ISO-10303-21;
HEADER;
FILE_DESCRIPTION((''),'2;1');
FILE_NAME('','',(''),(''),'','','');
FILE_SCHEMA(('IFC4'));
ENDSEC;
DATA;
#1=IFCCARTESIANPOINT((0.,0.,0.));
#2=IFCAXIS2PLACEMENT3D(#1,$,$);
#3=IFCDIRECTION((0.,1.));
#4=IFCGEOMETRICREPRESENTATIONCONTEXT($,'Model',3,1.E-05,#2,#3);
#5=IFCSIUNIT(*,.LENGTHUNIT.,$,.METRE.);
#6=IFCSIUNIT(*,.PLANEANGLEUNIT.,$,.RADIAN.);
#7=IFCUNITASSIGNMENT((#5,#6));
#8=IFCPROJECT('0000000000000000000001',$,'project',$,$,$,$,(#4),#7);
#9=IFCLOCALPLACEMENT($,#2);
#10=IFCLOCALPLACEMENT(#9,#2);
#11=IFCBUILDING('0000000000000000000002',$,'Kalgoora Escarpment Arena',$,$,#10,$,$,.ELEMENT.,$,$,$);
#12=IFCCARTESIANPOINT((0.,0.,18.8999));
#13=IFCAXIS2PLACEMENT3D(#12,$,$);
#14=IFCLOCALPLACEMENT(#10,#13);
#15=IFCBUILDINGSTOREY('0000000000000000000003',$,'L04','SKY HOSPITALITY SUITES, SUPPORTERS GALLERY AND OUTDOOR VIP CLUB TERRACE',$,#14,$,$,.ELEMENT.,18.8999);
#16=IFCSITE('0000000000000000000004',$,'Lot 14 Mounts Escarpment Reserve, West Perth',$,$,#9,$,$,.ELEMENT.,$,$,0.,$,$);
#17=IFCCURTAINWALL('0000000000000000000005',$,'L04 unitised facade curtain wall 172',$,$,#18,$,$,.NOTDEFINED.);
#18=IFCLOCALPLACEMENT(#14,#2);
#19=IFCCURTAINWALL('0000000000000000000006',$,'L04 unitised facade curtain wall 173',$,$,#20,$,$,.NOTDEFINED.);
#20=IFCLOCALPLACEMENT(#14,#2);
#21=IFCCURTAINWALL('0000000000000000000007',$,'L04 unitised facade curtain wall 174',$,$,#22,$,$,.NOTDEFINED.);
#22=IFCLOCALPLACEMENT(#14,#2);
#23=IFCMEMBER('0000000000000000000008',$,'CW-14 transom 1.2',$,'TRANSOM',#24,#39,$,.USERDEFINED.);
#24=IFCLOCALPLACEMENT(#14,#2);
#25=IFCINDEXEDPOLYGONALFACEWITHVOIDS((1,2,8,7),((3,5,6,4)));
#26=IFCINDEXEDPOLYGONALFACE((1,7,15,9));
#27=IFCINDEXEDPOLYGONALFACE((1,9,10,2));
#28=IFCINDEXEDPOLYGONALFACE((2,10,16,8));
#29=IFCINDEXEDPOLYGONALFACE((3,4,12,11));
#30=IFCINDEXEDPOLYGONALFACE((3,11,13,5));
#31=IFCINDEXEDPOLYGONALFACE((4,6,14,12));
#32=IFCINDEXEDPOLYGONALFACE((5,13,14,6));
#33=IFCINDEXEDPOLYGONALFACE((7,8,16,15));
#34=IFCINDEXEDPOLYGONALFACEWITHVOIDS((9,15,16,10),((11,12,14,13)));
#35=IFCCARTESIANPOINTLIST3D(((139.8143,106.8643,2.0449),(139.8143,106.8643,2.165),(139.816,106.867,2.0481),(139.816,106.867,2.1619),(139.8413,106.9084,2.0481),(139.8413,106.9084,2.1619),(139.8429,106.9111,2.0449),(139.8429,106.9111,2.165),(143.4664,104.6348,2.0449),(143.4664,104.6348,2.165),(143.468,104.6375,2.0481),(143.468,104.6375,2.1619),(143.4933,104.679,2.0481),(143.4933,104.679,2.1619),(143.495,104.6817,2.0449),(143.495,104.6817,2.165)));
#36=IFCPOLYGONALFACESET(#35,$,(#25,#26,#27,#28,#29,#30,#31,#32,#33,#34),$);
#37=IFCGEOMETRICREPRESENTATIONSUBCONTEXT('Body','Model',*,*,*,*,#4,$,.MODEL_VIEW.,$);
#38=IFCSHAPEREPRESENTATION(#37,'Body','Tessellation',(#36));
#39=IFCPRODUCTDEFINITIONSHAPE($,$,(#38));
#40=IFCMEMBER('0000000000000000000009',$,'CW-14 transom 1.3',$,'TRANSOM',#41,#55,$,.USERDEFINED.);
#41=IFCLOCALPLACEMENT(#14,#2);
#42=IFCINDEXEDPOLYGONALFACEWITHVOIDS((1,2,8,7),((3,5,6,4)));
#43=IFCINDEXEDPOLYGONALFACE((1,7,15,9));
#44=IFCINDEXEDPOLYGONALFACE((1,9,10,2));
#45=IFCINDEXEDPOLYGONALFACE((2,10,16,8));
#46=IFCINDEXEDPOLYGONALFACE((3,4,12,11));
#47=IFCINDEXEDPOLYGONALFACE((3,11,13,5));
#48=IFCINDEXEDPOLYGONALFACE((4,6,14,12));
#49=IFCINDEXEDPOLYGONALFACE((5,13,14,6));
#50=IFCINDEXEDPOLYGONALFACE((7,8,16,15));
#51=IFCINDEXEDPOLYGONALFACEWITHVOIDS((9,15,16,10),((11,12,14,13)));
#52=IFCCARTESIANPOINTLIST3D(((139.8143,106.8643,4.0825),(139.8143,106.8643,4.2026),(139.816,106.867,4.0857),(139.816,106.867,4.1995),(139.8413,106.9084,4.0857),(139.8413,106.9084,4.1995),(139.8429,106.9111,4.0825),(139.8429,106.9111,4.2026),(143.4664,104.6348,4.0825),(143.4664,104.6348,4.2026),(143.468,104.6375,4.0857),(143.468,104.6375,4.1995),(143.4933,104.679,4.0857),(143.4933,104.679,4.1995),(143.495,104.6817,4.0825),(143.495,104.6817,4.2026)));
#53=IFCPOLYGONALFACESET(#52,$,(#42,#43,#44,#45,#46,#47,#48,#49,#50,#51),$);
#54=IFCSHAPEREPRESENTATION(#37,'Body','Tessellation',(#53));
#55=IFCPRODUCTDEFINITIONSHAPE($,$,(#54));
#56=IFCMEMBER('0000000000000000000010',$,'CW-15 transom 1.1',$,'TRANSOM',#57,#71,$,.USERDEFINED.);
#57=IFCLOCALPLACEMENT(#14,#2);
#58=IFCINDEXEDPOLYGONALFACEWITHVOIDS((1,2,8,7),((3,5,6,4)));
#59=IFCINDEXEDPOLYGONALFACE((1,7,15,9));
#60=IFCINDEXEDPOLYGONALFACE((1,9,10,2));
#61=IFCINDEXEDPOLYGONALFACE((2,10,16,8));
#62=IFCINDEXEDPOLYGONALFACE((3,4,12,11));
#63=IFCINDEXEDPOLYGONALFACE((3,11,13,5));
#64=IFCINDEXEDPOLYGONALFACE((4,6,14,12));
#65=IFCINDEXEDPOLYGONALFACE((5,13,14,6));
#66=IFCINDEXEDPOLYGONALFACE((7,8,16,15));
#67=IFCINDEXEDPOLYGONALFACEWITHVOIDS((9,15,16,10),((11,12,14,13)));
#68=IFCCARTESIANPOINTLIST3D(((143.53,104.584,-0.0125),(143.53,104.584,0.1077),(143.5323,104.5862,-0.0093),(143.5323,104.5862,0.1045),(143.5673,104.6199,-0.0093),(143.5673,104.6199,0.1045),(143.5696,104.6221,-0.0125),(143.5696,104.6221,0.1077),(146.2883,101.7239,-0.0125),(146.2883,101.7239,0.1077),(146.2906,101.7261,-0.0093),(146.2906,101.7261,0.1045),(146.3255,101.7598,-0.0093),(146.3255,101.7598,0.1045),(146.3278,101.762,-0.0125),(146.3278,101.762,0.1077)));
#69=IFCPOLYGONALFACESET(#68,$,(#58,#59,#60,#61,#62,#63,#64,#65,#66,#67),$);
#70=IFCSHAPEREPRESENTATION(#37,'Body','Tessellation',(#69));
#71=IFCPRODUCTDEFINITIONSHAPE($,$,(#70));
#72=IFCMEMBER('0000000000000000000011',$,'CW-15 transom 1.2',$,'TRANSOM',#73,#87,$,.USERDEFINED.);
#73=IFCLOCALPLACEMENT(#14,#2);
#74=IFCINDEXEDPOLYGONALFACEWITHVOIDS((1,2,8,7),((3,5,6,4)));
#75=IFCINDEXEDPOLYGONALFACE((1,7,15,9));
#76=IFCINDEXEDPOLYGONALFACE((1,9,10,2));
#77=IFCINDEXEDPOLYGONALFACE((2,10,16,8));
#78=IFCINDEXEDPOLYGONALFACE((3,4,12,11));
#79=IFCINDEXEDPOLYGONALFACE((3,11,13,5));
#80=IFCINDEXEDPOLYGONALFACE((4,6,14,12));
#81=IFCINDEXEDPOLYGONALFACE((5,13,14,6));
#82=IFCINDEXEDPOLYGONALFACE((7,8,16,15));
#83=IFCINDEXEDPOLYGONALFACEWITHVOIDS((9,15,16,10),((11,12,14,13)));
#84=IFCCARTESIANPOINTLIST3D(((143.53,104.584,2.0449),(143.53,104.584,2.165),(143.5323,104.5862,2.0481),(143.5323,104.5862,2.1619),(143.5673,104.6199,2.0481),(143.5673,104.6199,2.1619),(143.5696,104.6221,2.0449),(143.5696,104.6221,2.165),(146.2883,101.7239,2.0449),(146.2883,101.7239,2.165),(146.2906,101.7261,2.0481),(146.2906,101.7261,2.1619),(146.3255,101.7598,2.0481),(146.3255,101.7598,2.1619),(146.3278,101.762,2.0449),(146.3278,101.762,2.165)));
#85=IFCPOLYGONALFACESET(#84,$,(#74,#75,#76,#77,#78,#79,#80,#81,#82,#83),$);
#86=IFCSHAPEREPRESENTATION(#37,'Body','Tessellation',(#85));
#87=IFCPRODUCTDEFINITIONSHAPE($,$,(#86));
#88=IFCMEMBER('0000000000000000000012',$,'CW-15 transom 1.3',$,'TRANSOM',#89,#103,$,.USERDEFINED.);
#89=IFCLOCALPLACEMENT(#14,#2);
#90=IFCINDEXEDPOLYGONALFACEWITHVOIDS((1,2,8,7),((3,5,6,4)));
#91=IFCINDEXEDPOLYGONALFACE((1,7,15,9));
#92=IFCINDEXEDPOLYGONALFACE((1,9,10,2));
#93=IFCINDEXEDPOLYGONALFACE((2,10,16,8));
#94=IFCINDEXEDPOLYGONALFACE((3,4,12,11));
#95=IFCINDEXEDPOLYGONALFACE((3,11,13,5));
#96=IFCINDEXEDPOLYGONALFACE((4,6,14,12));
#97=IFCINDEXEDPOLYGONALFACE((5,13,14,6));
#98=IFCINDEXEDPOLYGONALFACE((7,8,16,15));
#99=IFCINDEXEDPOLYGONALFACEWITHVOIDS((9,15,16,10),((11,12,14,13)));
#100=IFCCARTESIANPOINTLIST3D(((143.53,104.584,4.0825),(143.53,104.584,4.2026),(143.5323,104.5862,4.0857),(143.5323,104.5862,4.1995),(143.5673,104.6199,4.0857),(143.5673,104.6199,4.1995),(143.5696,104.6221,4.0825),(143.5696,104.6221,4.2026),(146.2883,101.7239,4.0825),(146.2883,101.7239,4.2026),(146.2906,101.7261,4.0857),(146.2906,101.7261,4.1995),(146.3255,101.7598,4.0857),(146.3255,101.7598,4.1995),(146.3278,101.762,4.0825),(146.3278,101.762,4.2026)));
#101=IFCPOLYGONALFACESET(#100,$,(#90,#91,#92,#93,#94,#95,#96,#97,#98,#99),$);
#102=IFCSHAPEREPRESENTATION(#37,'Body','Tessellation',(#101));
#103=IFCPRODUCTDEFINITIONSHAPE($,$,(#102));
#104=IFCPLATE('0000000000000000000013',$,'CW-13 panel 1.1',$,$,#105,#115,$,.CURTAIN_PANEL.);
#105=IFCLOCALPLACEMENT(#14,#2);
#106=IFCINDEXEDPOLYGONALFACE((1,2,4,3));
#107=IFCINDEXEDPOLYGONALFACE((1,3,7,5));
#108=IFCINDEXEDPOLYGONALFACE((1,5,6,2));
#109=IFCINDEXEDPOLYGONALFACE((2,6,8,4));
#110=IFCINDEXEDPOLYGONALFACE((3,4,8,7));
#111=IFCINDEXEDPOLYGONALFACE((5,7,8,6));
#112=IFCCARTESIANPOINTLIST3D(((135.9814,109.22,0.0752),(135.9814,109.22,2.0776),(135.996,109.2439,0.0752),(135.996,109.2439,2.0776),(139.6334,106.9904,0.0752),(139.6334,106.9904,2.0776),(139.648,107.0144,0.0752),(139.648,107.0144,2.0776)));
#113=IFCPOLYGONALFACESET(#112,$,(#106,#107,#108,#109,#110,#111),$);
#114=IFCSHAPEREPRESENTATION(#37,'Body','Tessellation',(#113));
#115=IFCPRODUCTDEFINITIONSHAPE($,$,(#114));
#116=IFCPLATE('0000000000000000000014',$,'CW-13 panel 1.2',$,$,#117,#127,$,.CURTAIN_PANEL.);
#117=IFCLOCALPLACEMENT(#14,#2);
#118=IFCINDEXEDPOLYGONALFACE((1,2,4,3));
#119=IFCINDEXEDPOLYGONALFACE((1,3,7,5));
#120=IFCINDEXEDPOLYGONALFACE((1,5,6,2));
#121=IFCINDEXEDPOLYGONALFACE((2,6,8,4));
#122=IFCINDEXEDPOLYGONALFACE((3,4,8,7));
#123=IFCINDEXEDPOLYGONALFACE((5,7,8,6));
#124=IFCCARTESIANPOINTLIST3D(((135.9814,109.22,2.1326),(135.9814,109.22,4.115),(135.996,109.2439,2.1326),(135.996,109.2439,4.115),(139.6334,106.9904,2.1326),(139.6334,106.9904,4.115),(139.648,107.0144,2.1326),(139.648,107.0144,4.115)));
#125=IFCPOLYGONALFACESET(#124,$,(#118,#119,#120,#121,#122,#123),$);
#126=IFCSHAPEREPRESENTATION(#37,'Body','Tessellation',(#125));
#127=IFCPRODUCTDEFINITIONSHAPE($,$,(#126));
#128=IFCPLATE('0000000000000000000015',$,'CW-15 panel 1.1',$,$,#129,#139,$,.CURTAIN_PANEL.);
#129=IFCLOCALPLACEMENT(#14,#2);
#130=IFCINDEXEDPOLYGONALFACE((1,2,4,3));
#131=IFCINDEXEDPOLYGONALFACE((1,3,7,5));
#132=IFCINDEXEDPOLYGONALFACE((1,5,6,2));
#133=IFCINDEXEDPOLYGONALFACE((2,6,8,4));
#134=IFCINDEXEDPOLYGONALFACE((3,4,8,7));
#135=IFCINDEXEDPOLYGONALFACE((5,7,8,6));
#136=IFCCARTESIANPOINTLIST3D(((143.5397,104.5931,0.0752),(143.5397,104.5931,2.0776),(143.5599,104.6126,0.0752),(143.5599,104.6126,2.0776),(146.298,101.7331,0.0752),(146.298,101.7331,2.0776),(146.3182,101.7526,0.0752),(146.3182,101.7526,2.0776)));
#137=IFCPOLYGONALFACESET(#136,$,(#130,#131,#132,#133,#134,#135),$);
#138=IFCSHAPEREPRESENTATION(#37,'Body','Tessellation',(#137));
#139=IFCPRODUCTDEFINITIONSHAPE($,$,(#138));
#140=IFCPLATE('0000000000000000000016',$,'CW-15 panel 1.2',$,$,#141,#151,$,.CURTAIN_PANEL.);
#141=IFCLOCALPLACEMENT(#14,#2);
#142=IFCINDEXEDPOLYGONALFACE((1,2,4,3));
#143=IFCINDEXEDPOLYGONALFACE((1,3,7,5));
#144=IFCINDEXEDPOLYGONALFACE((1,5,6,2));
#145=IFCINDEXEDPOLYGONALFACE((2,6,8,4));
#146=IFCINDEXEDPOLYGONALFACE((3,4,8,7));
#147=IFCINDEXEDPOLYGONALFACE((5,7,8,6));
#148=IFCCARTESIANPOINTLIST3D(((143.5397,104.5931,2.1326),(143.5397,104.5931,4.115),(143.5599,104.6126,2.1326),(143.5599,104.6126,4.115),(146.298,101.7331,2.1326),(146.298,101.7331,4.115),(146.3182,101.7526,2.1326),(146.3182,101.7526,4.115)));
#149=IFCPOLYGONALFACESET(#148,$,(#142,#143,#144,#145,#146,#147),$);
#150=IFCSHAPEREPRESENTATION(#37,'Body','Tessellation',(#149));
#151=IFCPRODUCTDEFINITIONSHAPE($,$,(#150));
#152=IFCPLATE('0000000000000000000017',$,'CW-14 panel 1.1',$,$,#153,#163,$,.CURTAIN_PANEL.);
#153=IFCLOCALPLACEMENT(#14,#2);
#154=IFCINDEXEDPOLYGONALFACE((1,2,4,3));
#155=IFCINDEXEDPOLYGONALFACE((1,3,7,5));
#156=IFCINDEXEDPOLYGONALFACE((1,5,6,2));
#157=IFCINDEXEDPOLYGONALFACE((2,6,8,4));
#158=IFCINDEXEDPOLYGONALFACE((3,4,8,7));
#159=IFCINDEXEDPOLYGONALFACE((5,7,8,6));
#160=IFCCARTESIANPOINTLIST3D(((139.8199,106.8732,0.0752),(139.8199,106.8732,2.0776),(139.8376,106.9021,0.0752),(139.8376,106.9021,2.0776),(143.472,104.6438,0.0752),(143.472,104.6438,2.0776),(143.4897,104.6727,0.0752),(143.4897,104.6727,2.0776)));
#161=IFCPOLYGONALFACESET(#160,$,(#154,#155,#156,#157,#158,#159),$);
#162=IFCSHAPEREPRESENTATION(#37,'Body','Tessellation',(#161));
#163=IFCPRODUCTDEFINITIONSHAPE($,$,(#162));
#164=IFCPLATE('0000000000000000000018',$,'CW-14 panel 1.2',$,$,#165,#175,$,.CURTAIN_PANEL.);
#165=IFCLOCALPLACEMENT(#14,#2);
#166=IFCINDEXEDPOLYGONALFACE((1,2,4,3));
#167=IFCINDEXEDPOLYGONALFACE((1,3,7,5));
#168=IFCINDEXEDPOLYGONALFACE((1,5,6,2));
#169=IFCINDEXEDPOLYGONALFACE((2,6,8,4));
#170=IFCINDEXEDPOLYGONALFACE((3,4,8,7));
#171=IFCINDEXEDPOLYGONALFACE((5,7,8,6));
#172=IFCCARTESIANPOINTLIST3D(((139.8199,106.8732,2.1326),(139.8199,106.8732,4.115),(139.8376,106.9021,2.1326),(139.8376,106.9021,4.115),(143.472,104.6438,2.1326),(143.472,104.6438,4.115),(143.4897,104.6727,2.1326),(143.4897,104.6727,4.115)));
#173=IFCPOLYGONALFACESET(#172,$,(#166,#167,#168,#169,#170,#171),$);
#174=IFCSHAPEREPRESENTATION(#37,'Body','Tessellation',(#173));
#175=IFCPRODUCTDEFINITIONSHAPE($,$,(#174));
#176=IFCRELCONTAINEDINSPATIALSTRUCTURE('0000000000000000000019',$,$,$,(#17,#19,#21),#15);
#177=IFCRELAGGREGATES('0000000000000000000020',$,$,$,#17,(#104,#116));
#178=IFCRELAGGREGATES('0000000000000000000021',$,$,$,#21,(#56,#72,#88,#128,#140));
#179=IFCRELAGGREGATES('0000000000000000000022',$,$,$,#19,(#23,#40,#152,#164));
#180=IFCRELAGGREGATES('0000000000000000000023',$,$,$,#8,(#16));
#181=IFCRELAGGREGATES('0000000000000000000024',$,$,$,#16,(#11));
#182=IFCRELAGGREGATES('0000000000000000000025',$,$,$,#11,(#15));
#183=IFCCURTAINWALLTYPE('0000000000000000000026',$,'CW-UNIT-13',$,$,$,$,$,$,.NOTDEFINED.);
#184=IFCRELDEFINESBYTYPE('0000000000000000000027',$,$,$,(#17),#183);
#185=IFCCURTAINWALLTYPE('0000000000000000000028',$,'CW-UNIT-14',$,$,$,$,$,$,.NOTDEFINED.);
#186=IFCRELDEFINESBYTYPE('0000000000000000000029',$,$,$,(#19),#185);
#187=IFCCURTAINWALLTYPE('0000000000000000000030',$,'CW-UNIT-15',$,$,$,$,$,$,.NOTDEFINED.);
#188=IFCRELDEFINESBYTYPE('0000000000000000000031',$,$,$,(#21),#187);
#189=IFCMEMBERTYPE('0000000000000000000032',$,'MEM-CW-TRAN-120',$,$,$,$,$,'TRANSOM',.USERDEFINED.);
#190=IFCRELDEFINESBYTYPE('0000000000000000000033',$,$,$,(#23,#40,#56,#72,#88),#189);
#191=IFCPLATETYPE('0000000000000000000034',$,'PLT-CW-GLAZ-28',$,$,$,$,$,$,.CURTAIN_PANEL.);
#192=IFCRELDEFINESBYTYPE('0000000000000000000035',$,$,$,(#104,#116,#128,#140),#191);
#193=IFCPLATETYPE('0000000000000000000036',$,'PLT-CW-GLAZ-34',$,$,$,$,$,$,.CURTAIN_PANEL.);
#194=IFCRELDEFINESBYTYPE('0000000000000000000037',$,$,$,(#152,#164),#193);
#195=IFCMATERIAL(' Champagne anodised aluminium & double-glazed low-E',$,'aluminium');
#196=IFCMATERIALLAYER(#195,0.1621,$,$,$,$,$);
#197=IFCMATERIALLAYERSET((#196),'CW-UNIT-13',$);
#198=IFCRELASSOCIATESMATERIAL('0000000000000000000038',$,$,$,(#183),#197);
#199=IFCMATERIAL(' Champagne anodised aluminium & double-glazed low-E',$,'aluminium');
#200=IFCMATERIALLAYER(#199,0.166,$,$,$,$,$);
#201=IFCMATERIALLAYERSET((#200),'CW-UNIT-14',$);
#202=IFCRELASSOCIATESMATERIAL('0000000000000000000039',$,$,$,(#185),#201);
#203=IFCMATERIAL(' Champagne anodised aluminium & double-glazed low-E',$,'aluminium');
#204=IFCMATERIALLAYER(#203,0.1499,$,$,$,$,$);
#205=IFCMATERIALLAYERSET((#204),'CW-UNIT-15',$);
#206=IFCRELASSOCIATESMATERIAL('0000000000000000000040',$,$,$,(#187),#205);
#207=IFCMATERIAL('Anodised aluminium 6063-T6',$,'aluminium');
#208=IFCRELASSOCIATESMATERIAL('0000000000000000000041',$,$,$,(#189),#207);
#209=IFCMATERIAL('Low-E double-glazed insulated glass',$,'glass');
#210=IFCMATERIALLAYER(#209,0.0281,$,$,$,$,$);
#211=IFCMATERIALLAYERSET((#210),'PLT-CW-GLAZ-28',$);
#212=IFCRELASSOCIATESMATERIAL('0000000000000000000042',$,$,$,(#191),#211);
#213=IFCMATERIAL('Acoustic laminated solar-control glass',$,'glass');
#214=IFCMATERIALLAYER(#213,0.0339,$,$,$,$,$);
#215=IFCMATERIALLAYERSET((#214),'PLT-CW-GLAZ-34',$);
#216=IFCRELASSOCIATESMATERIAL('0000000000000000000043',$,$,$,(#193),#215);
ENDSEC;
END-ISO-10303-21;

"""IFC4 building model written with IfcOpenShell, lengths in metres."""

from ifc_helpers import new_model, si_unit, direction, frame, origin, origin_2d, place, context, subcontext, project, spatial, rectangle, hollow_rectangle, extrude, material, layer, layer_set, material_profile, profile_set, type_object, element, aggregate, save


model = new_model("IFC4")

# Units and contexts
model_context = context("Model", 3, precision=1e-05, world=origin(), true_north=direction((0.0, 1.0)))
body_context = subcontext(model_context, "Body", "Model", "MODEL_VIEW")
ifc_project = project(units=[si_unit("LENGTHUNIT", "METRE"), si_unit("PLANEANGLEUNIT", "RADIAN")], contexts=[model_context])

# Site, building, storey
site_placement = place(None, origin())
site = spatial("IfcSite", under=ifc_project, at=site_placement, Name="Lot 14 Mounts Escarpment Reserve, West Perth", CompositionType="ELEMENT", RefElevation=0.0)
building_placement = place(site_placement, origin())
building = spatial("IfcBuilding", under=site, at=building_placement, Name="Kalgoora Escarpment Arena", CompositionType="ELEMENT")
storey_placement = place(building_placement, frame((0.0, 0.0, 18.8999)))
storey = spatial("IfcBuildingStorey", under=building, at=storey_placement, Name="L04", Description="SKY HOSPITALITY SUITES, SUPPORTERS GALLERY AND OUTDOOR VIP CLUB TERRACE", CompositionType="ELEMENT", Elevation=18.8999)

# Curtain wall
ifc_material_1 = material(Name=" Champagne anodised aluminium & double-glazed low-E", Category="aluminium")
ifc_layer_1 = layer(ifc_material_1, 0.1621)
ifc_layer_set_1 = layer_set([ifc_layer_1], Name="CW-UNIT-13")
curtain_wall_type_1 = type_object("IfcCurtainWallType", Name="CW-UNIT-13", PredefinedType="NOTDEFINED", material=ifc_layer_set_1)
curtain_wall_1_placement = place(storey_placement, origin())
curtain_wall_1 = element("IfcCurtainWall", 1, at=curtain_wall_1_placement, inside=storey, type_object=curtain_wall_type_1, Name="L04 unitised facade curtain wall 172", PredefinedType="NOTDEFINED")

# Curtain walls
ifc_material_2 = material(Name=" Champagne anodised aluminium & double-glazed low-E", Category="aluminium")
ifc_layer_2 = layer(ifc_material_2, 0.166)
ifc_layer_set_2 = layer_set([ifc_layer_2], Name="CW-UNIT-14")
curtain_wall_type_2 = type_object("IfcCurtainWallType", Name="CW-UNIT-14", PredefinedType="NOTDEFINED", material=ifc_layer_set_2)
curtain_wall_2_placement = place(storey_placement, origin())
curtain_wall_2 = element("IfcCurtainWall", 2, at=curtain_wall_2_placement, inside=storey, type_object=curtain_wall_type_2, Name="L04 unitised facade curtain wall 173", PredefinedType="NOTDEFINED")
ifc_material_3 = material(Name=" Champagne anodised aluminium & double-glazed low-E", Category="aluminium")
ifc_layer_3 = layer(ifc_material_3, 0.1499)
ifc_layer_set_3 = layer_set([ifc_layer_3], Name="CW-UNIT-15")
curtain_wall_type_3 = type_object("IfcCurtainWallType", Name="CW-UNIT-15", PredefinedType="NOTDEFINED", material=ifc_layer_set_3)
curtain_wall_3_placement = place(storey_placement, origin())
curtain_wall_3 = element("IfcCurtainWall", 3, at=curtain_wall_3_placement, inside=storey, type_object=curtain_wall_type_3, Name="L04 unitised facade curtain wall 174", PredefinedType="NOTDEFINED")

# Members
ifc_material_4 = material(Name="Anodised aluminium 6063-T6", Category="aluminium")
ifc_material_profile_1 = material_profile(ifc_material_4, hollow_rectangle(XDim=0.0549, YDim=0.1201, WallThickness=0.0032, at=origin_2d()))
ifc_profile_set_1 = profile_set([ifc_material_profile_1], Name="Anodised aluminium 6063-T6")
member_type_1 = type_object("IfcMemberType", Name="MEM-CW-TRAN-120", ElementType="TRANSOM", PredefinedType="USERDEFINED", material=ifc_profile_set_1)
member_1_placement = place(storey_placement, frame((139.8286, 106.8877, 2.105), z_axis=(0.853526, -0.521051, 0.0), x_axis=(0.521051, 0.853526, 0.0)))
member_1 = element("IfcMember", 4, at=member_1_placement, type_object=member_type_1, Name="CW-14 transom 1.2", ObjectType="TRANSOM", PredefinedType="USERDEFINED", context=body_context, shape_type="SweptSolid", body=[
    extrude(hollow_rectangle(XDim=0.0549, YDim=0.1201, WallThickness=0.0032, at=origin_2d()), origin(), (0.0, 0.0, 1.0), 4.2788),
])
member_2_placement = place(storey_placement, frame((139.8286, 106.8877, 4.1426), z_axis=(0.853526, -0.521051, 0.0), x_axis=(0.521051, 0.853526, 0.0)))
member_2 = element("IfcMember", 5, at=member_2_placement, type_object=member_type_1, Name="CW-14 transom 1.3", ObjectType="TRANSOM", PredefinedType="USERDEFINED", context=body_context, shape_type="SweptSolid", body=[
    extrude(hollow_rectangle(XDim=0.0549, YDim=0.1201, WallThickness=0.0032, at=origin_2d()), origin(), (0.0, 0.0, 1.0), 4.2788),
])
member_3_placement = place(storey_placement, frame((143.5498, 104.603, 0.0476), z_axis=(0.69418, -0.719802, 0.0), x_axis=(0.719802, 0.69418, 0.0)))
member_3 = element("IfcMember", 6, at=member_3_placement, type_object=member_type_1, Name="CW-15 transom 1.1", ObjectType="TRANSOM", PredefinedType="USERDEFINED", context=body_context, shape_type="SweptSolid", body=[
    extrude(hollow_rectangle(XDim=0.0549, YDim=0.1201, WallThickness=0.0032, at=origin_2d()), origin(), (0.0, 0.0, 1.0), 3.9734),
])
member_4_placement = place(storey_placement, frame((143.5498, 104.603, 2.105), z_axis=(0.69418, -0.719802, 0.0), x_axis=(0.719802, 0.69418, 0.0)))
member_4 = element("IfcMember", 7, at=member_4_placement, type_object=member_type_1, Name="CW-15 transom 1.2", ObjectType="TRANSOM", PredefinedType="USERDEFINED", context=body_context, shape_type="SweptSolid", body=[
    extrude(hollow_rectangle(XDim=0.0549, YDim=0.1201, WallThickness=0.0032, at=origin_2d()), origin(), (0.0, 0.0, 1.0), 3.9734),
])
member_5_placement = place(storey_placement, frame((143.5498, 104.603, 4.1426), z_axis=(0.69418, -0.719802, 0.0), x_axis=(0.719802, 0.69418, 0.0)))
member_5 = element("IfcMember", 8, at=member_5_placement, type_object=member_type_1, Name="CW-15 transom 1.3", ObjectType="TRANSOM", PredefinedType="USERDEFINED", context=body_context, shape_type="SweptSolid", body=[
    extrude(hollow_rectangle(XDim=0.0549, YDim=0.1201, WallThickness=0.0032, at=origin_2d()), origin(), (0.0, 0.0, 1.0), 3.9734),
])

# Plates
ifc_material_5 = material(Name="Low-E double-glazed insulated glass", Category="glass")
ifc_layer_4 = layer(ifc_material_5, 0.0281)
ifc_layer_set_4 = layer_set([ifc_layer_4], Name="PLT-CW-GLAZ-28")
plate_type_1 = type_object("IfcPlateType", Name="PLT-CW-GLAZ-28", PredefinedType="CURTAIN_PANEL", material=ifc_layer_set_4)
plate_1_placement = place(storey_placement, frame((137.8147, 108.1172, 0.0752), z_axis=(0.0, 0.0, 1.0), x_axis=(0.853516, -0.521067, 0.0)))
plate_1 = element("IfcPlate", 9, at=plate_1_placement, type_object=plate_type_1, Name="CW-13 panel 1.1", PredefinedType="CURTAIN_PANEL", context=body_context, shape_type="SweptSolid", body=[
    extrude(rectangle(XDim=4.2788, YDim=0.0281, at=origin_2d()), origin(), (0.0, 0.0, 1.0), 2.0024),
])
plate_2_placement = place(storey_placement, frame((137.8147, 108.1172, 2.1326), z_axis=(0.0, 0.0, 1.0), x_axis=(0.853516, -0.521067, 0.0)))
plate_2 = element("IfcPlate", 10, at=plate_2_placement, type_object=plate_type_1, Name="CW-13 panel 1.2", PredefinedType="CURTAIN_PANEL", context=body_context, shape_type="SweptSolid", body=[
    extrude(rectangle(XDim=4.2788, YDim=0.0281, at=origin_2d()), origin(), (0.0, 0.0, 1.0), 1.9824),
])
aggregate(curtain_wall_1, [plate_1, plate_2])
plate_3_placement = place(storey_placement, frame((144.929, 103.1729, 0.0752), z_axis=(0.0, 0.0, 1.0), x_axis=(0.694202, -0.71978, 0.0)))
plate_3 = element("IfcPlate", 11, at=plate_3_placement, type_object=plate_type_1, Name="CW-15 panel 1.1", PredefinedType="CURTAIN_PANEL", context=body_context, shape_type="SweptSolid", body=[
    extrude(rectangle(XDim=3.9734, YDim=0.0281, at=origin_2d()), origin(), (0.0, 0.0, 1.0), 2.0024),
])
plate_4_placement = place(storey_placement, frame((144.929, 103.1729, 2.1326), z_axis=(0.0, 0.0, 1.0), x_axis=(0.694202, -0.71978, 0.0)))
plate_4 = element("IfcPlate", 12, at=plate_4_placement, type_object=plate_type_1, Name="CW-15 panel 1.2", PredefinedType="CURTAIN_PANEL", context=body_context, shape_type="SweptSolid", body=[
    extrude(rectangle(XDim=3.9734, YDim=0.0281, at=origin_2d()), origin(), (0.0, 0.0, 1.0), 1.9824),
])
aggregate(curtain_wall_3, [member_3, member_4, member_5, plate_3, plate_4])
ifc_material_6 = material(Name="Acoustic laminated solar-control glass", Category="glass")
ifc_layer_5 = layer(ifc_material_6, 0.0339)
ifc_layer_set_5 = layer_set([ifc_layer_5], Name="PLT-CW-GLAZ-34")
plate_type_2 = type_object("IfcPlateType", Name="PLT-CW-GLAZ-34", PredefinedType="CURTAIN_PANEL", material=ifc_layer_set_5)
plate_5_placement = place(storey_placement, frame((141.6548, 105.7729, 0.0752), z_axis=(0.0, 0.0, 1.0), x_axis=(0.853532, -0.52104, 0.0)))
plate_5 = element("IfcPlate", 13, at=plate_5_placement, type_object=plate_type_2, Name="CW-14 panel 1.1", PredefinedType="CURTAIN_PANEL", context=body_context, shape_type="SweptSolid", body=[
    extrude(rectangle(XDim=4.2788, YDim=0.0339, at=origin_2d()), origin(), (0.0, 0.0, 1.0), 2.0024),
])
plate_6_placement = place(storey_placement, frame((141.6548, 105.7729, 2.1326), z_axis=(0.0, 0.0, 1.0), x_axis=(0.853532, -0.52104, 0.0)))
plate_6 = element("IfcPlate", 14, at=plate_6_placement, type_object=plate_type_2, Name="CW-14 panel 1.2", PredefinedType="CURTAIN_PANEL", context=body_context, shape_type="SweptSolid", body=[
    extrude(rectangle(XDim=4.2788, YDim=0.0339, at=origin_2d()), origin(), (0.0, 0.0, 1.0), 1.9824),
])
aggregate(curtain_wall_2, [member_1, member_2, plate_5, plate_6])

save(model, "model.ifc")
